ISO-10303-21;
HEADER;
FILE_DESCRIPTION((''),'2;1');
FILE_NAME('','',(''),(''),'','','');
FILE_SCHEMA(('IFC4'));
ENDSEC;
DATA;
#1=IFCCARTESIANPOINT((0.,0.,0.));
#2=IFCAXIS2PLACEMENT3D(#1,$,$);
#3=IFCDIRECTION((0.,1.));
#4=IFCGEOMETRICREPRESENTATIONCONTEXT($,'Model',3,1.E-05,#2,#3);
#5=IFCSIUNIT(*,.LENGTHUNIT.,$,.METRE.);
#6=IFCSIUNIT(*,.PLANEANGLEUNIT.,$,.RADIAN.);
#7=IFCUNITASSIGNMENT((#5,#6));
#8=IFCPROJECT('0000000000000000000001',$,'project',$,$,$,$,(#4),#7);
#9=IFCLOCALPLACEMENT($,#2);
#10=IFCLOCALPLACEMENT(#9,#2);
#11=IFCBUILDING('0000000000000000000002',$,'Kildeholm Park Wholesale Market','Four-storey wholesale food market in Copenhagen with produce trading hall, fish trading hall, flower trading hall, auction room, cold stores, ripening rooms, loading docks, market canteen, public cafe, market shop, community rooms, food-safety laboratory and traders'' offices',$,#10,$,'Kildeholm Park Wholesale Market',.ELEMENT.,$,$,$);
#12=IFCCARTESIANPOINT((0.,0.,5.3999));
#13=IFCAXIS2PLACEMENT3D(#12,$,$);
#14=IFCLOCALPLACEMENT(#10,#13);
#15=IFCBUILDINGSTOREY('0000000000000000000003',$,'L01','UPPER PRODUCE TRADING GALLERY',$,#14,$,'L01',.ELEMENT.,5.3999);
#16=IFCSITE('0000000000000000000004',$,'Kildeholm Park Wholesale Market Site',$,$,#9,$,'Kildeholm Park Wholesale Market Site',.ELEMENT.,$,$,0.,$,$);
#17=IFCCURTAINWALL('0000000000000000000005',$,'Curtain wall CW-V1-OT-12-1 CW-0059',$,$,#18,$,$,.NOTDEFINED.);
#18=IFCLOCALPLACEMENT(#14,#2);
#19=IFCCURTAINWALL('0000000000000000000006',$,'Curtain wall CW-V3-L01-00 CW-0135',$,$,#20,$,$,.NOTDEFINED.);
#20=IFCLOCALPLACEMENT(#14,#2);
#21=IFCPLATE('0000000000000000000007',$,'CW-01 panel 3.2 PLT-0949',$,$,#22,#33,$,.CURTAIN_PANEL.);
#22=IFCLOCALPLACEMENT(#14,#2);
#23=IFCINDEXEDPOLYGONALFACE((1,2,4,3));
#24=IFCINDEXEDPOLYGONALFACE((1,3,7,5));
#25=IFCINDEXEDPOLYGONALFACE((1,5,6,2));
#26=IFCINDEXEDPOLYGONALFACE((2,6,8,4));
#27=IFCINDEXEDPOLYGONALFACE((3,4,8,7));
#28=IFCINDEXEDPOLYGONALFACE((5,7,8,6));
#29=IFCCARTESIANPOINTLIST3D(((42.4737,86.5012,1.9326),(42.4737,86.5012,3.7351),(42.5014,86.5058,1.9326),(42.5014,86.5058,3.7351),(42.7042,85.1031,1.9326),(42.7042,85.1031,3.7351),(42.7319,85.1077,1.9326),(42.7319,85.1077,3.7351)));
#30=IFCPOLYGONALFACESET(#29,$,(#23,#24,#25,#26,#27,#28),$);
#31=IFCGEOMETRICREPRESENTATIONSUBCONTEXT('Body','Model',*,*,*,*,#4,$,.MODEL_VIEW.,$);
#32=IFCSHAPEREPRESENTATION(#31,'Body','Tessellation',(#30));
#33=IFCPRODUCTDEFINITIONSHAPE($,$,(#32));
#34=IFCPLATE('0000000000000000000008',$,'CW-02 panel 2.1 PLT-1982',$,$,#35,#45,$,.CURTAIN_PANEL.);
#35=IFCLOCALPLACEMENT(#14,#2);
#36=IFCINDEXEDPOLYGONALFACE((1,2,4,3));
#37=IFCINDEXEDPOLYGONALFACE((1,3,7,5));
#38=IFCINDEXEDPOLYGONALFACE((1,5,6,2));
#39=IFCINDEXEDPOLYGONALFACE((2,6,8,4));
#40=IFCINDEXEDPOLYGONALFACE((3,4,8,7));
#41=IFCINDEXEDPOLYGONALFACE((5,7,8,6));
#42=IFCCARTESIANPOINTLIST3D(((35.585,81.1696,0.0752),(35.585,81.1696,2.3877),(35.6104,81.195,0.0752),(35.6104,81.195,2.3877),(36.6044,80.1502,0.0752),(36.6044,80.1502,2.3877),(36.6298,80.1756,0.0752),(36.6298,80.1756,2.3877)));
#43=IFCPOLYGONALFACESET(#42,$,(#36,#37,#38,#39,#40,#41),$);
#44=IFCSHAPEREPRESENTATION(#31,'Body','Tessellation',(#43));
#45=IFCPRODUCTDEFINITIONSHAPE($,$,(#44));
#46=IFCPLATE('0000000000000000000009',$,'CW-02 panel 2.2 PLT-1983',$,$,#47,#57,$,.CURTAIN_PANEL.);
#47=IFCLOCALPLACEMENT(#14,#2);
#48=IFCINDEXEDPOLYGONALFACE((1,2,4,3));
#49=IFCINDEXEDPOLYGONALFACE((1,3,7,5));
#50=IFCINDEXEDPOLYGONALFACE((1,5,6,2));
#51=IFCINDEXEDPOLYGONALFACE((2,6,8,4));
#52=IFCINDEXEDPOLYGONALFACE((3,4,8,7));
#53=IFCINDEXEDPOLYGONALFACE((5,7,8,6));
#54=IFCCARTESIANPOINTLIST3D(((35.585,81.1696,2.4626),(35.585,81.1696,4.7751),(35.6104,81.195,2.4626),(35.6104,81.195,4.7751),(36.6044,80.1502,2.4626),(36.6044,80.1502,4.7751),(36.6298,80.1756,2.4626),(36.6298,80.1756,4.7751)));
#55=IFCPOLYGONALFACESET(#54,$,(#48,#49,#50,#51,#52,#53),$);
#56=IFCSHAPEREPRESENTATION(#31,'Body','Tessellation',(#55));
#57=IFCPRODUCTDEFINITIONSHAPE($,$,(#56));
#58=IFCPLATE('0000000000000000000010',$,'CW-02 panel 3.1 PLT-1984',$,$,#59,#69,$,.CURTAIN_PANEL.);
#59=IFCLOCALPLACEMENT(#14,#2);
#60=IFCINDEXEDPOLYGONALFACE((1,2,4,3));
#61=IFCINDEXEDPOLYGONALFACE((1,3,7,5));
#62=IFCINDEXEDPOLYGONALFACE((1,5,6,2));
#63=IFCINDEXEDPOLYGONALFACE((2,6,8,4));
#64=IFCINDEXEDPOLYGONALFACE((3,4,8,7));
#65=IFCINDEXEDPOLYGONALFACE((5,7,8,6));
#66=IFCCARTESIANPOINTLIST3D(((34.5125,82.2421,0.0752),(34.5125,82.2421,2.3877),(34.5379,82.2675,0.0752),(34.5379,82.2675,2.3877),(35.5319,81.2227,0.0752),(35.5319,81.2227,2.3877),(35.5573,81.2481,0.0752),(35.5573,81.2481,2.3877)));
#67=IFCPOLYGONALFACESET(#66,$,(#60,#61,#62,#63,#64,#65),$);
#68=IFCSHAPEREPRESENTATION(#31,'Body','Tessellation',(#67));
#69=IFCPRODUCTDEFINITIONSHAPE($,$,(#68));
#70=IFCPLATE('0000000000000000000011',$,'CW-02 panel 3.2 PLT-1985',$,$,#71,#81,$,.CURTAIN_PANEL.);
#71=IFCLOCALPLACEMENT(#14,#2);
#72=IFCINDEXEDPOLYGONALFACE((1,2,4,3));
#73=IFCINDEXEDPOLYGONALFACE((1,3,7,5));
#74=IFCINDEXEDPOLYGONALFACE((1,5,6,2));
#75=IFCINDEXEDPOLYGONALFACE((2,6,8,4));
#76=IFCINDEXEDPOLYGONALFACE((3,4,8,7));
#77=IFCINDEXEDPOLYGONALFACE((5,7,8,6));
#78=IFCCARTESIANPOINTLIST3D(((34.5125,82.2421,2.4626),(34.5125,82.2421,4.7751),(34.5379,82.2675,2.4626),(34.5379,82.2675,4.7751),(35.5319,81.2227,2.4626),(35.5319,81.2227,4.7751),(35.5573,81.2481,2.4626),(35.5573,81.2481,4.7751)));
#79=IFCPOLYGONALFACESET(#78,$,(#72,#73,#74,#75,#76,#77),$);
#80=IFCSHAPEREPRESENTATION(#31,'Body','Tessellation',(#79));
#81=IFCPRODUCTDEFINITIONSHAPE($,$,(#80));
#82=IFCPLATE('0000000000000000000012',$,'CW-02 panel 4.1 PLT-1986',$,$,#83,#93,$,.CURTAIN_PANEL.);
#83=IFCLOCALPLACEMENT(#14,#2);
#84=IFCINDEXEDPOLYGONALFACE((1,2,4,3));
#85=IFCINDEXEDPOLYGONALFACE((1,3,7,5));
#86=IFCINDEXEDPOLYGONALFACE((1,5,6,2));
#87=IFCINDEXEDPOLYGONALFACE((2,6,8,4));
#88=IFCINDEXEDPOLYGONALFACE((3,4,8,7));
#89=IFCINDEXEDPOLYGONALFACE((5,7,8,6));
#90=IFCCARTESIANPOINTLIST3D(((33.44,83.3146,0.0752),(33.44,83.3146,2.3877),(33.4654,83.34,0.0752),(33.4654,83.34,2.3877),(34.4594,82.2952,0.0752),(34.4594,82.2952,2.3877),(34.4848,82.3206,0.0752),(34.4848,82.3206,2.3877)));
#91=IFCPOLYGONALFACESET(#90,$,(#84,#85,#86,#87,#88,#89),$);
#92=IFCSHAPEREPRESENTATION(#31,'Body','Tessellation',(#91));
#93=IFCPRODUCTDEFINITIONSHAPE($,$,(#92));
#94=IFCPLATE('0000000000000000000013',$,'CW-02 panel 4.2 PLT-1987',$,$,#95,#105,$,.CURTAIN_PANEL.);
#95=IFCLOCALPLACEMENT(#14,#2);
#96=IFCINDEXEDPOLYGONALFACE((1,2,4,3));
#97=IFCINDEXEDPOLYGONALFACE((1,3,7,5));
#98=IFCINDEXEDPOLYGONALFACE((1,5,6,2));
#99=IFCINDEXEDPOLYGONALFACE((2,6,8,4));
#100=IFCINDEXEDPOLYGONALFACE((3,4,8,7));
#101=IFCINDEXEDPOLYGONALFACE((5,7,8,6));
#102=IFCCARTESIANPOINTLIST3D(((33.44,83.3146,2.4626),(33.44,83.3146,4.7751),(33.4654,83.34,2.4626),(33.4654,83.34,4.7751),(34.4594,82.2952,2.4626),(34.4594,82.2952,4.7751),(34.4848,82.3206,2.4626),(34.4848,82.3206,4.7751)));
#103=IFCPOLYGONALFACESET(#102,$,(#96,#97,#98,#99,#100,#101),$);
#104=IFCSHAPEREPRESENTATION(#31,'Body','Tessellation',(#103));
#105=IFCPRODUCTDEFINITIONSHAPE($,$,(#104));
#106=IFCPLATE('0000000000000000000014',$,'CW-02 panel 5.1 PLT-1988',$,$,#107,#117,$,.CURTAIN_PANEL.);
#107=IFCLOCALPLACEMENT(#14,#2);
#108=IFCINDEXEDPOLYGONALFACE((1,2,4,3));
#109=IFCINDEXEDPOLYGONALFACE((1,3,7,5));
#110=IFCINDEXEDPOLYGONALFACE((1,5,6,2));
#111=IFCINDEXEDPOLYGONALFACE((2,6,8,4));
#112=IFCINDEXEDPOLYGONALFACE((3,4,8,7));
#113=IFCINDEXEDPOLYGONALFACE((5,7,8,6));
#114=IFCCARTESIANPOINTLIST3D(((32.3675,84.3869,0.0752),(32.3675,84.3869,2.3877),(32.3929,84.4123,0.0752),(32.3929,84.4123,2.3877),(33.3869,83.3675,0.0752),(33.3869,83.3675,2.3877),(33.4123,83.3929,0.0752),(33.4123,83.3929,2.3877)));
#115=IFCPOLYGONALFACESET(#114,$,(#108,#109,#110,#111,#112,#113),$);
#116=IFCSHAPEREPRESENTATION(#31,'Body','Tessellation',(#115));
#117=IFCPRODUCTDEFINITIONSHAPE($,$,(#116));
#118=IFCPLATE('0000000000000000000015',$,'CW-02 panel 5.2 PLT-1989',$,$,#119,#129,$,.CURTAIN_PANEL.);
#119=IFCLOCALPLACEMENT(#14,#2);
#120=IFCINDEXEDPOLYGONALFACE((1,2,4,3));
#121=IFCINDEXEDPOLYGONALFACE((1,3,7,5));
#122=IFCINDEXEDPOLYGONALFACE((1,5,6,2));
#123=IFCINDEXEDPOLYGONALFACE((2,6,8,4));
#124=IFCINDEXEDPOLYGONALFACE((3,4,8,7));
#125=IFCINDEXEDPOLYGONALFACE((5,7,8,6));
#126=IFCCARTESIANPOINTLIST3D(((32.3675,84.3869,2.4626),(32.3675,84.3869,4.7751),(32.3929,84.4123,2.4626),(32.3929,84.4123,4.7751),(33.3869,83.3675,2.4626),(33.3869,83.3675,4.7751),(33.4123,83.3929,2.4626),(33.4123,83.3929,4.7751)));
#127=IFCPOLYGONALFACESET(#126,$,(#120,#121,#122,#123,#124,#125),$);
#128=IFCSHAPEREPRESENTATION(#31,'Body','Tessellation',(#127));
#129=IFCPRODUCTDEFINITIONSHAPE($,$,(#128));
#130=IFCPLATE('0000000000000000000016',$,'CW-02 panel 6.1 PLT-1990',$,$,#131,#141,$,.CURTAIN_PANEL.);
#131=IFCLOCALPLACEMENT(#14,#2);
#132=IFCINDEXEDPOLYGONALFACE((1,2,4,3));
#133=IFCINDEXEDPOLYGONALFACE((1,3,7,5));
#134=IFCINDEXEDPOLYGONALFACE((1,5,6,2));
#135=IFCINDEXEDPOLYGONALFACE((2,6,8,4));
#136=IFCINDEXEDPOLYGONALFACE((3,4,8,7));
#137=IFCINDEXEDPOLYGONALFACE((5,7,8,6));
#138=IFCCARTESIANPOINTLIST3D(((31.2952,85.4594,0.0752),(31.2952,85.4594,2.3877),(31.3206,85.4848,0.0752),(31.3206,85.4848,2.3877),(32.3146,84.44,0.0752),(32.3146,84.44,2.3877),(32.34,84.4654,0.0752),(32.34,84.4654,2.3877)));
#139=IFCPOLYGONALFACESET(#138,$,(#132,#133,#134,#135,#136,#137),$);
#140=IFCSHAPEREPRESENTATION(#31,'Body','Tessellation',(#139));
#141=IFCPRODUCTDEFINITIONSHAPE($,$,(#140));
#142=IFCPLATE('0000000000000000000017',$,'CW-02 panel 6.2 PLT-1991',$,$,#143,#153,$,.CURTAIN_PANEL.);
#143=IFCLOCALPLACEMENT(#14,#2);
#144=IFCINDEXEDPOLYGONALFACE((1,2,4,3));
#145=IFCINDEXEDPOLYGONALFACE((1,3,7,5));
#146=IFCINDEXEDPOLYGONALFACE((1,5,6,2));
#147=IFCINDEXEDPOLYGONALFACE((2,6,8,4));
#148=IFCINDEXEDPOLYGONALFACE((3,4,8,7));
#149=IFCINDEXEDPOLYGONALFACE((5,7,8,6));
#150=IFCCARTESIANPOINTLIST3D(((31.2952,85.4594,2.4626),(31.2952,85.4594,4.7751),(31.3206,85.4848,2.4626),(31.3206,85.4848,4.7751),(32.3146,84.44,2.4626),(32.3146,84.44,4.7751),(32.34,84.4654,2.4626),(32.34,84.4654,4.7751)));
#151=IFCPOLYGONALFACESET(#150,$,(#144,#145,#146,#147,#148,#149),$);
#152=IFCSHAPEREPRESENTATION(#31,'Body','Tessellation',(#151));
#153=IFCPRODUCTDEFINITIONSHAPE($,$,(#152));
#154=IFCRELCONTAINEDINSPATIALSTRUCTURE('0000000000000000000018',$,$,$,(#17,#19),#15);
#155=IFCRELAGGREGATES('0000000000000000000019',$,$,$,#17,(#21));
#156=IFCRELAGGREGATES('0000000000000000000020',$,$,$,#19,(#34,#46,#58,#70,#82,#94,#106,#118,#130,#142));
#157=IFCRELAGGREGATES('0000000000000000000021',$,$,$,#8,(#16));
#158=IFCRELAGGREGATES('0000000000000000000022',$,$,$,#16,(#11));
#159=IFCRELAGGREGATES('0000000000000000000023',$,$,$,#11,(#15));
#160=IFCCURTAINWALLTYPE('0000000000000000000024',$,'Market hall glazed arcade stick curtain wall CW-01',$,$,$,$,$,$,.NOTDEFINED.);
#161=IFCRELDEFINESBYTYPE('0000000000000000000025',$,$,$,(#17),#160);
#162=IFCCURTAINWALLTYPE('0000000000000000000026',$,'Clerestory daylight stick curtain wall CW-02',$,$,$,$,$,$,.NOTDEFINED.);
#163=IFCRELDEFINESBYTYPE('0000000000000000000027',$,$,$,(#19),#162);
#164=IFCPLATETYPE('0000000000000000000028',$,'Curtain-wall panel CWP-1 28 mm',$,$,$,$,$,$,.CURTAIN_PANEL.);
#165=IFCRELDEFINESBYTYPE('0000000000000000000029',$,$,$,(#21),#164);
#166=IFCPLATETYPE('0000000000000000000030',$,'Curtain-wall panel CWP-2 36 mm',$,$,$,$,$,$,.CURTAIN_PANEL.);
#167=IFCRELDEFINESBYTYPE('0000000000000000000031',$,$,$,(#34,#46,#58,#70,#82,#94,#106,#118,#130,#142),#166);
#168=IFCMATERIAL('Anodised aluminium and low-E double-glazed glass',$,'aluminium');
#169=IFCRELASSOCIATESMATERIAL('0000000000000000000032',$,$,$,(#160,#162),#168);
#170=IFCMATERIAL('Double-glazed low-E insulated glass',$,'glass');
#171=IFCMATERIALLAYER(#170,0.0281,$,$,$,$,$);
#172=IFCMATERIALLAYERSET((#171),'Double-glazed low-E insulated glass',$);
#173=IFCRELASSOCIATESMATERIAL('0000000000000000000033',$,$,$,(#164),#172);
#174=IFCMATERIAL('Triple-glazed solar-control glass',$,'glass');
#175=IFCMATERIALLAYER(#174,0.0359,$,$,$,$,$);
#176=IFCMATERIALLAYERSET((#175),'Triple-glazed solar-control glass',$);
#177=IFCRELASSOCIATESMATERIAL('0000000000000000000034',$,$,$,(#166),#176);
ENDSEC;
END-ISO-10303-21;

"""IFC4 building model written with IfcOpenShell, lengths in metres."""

from ifc_helpers import new_model, si_unit, direction, frame, origin, origin_2d, place, context, subcontext, project, spatial, rectangle, extrude, material, layer, layer_set, type_object, element, aggregate, save


model = new_model("IFC4")

# Units and contexts
model_context = context("Model", 3, precision=1e-05, world=origin(), true_north=direction((0.0, 1.0)))
body_context = subcontext(model_context, "Body", "Model", "MODEL_VIEW")
ifc_project = project(units=[si_unit("LENGTHUNIT", "METRE"), si_unit("PLANEANGLEUNIT", "RADIAN")], contexts=[model_context])

# Site, building, storey
site_placement = place(None, origin())
site = spatial("IfcSite", under=ifc_project, at=site_placement, Name="Kildeholm Park Wholesale Market Site", LongName="Kildeholm Park Wholesale Market Site", CompositionType="ELEMENT", RefElevation=0.0)
building_placement = place(site_placement, origin())
building = spatial("IfcBuilding", under=site, at=building_placement, Name="Kildeholm Park Wholesale Market", Description="Four-storey wholesale food market in Copenhagen with produce trading hall, fish trading hall, flower trading hall, auction room, cold stores, ripening rooms, loading docks, market canteen, public cafe, market shop, community rooms, food-safety laboratory and traders' offices", LongName="Kildeholm Park Wholesale Market", CompositionType="ELEMENT")
storey_placement = place(building_placement, frame((0.0, 0.0, 5.3999)))
storey = spatial("IfcBuildingStorey", under=building, at=storey_placement, Name="L01", Description="UPPER PRODUCE TRADING GALLERY", LongName="L01", CompositionType="ELEMENT", Elevation=5.3999)

# Curtain wall
ifc_material_1 = material(Name="Anodised aluminium and low-E double-glazed glass", Category="aluminium")
curtain_wall_type_1 = type_object("IfcCurtainWallType", Name="Market hall glazed arcade stick curtain wall CW-01", PredefinedType="NOTDEFINED", material=ifc_material_1)
curtain_wall_1_placement = place(storey_placement, origin())
curtain_wall_1 = element("IfcCurtainWall", 1, at=curtain_wall_1_placement, inside=storey, type_object=curtain_wall_type_1, Name="Curtain wall CW-V1-OT-12-1 CW-0059", PredefinedType="NOTDEFINED")

# Curtain wall
curtain_wall_type_2 = type_object("IfcCurtainWallType", Name="Clerestory daylight stick curtain wall CW-02", PredefinedType="NOTDEFINED", material=ifc_material_1)
curtain_wall_2_placement = place(storey_placement, origin())
curtain_wall_2 = element("IfcCurtainWall", 2, at=curtain_wall_2_placement, inside=storey, type_object=curtain_wall_type_2, Name="Curtain wall CW-V3-L01-00 CW-0135", PredefinedType="NOTDEFINED")

# Plates
ifc_material_2 = material(Name="Double-glazed low-E insulated glass", Category="glass")
ifc_layer_1 = layer(ifc_material_2, 0.0281)
ifc_layer_set_1 = layer_set([ifc_layer_1], Name="Double-glazed low-E insulated glass")
plate_type_1 = type_object("IfcPlateType", Name="Curtain-wall panel CWP-1 28 mm", PredefinedType="CURTAIN_PANEL", material=ifc_layer_set_1)
plate_1_placement = place(storey_placement, frame((42.6028, 85.8044, 1.9326), z_axis=(0.0, 0.0, 1.0), x_axis=(0.162703, -0.986675, 0.0)))
plate_1 = element("IfcPlate", 3, at=plate_1_placement, type_object=plate_type_1, Name="CW-01 panel 3.2 PLT-0949", PredefinedType="CURTAIN_PANEL", context=body_context, shape_type="SweptSolid", body=[
    extrude(rectangle(XDim=1.417, YDim=0.0281, at=origin_2d()), origin(), (0.0, 0.0, 1.0), 1.8025),
])
aggregate(curtain_wall_1, [plate_1])
ifc_material_3 = material(Name="Triple-glazed solar-control glass", Category="glass")
ifc_layer_2 = layer(ifc_material_3, 0.0359)
ifc_layer_set_2 = layer_set([ifc_layer_2], Name="Triple-glazed solar-control glass")
plate_type_2 = type_object("IfcPlateType", Name="Curtain-wall panel CWP-2 36 mm", PredefinedType="CURTAIN_PANEL", material=ifc_layer_set_2)
plate_2_placement = place(storey_placement, frame((36.1074, 80.6726, 0.0752), z_axis=(0.0, 0.0, 1.0), x_axis=(-0.707107, 0.707107, 0.0)))
plate_2 = element("IfcPlate", 4, at=plate_2_placement, type_object=plate_type_2, Name="CW-02 panel 2.1 PLT-1982", PredefinedType="CURTAIN_PANEL", context=body_context, shape_type="SweptSolid", body=[
    extrude(rectangle(XDim=1.4417, YDim=0.0359, at=origin_2d()), origin(), (0.0, 0.0, 1.0), 2.3125),
])
plate_3_placement = place(storey_placement, frame((36.1074, 80.6726, 2.4626), z_axis=(0.0, 0.0, 1.0), x_axis=(-0.707107, 0.707107, 0.0)))
plate_3 = element("IfcPlate", 5, at=plate_3_placement, type_object=plate_type_2, Name="CW-02 panel 2.2 PLT-1983", PredefinedType="CURTAIN_PANEL", context=body_context, shape_type="SweptSolid", body=[
    extrude(rectangle(XDim=1.4417, YDim=0.0359, at=origin_2d()), origin(), (0.0, 0.0, 1.0), 2.3125),
])
plate_4_placement = place(storey_placement, frame((35.0349, 81.7451, 0.0752), z_axis=(0.0, 0.0, 1.0), x_axis=(-0.707107, 0.707107, 0.0)))
plate_4 = element("IfcPlate", 6, at=plate_4_placement, type_object=plate_type_2, Name="CW-02 panel 3.1 PLT-1984", PredefinedType="CURTAIN_PANEL", context=body_context, shape_type="SweptSolid", body=[
    extrude(rectangle(XDim=1.4417, YDim=0.0359, at=origin_2d()), origin(), (0.0, 0.0, 1.0), 2.3125),
])
plate_5_placement = place(storey_placement, frame((35.0349, 81.7451, 2.4626), z_axis=(0.0, 0.0, 1.0), x_axis=(-0.707107, 0.707107, 0.0)))
plate_5 = element("IfcPlate", 7, at=plate_5_placement, type_object=plate_type_2, Name="CW-02 panel 3.2 PLT-1985", PredefinedType="CURTAIN_PANEL", context=body_context, shape_type="SweptSolid", body=[
    extrude(rectangle(XDim=1.4417, YDim=0.0359, at=origin_2d()), origin(), (0.0, 0.0, 1.0), 2.3125),
])
plate_6_placement = place(storey_placement, frame((33.9624, 82.8176, 0.0752), z_axis=(0.0, 0.0, 1.0), x_axis=(-0.707107, 0.707107, 0.0)))
plate_6 = element("IfcPlate", 8, at=plate_6_placement, type_object=plate_type_2, Name="CW-02 panel 4.1 PLT-1986", PredefinedType="CURTAIN_PANEL", context=body_context, shape_type="SweptSolid", body=[
    extrude(rectangle(XDim=1.4417, YDim=0.0359, at=origin_2d()), origin(), (0.0, 0.0, 1.0), 2.3125),
])
plate_7_placement = place(storey_placement, frame((33.9624, 82.8176, 2.4626), z_axis=(0.0, 0.0, 1.0), x_axis=(-0.707107, 0.707107, 0.0)))
plate_7 = element("IfcPlate", 9, at=plate_7_placement, type_object=plate_type_2, Name="CW-02 panel 4.2 PLT-1987", PredefinedType="CURTAIN_PANEL", context=body_context, shape_type="SweptSolid", body=[
    extrude(rectangle(XDim=1.4417, YDim=0.0359, at=origin_2d()), origin(), (0.0, 0.0, 1.0), 2.3125),
])
plate_8_placement = place(storey_placement, frame((32.8899, 83.8899, 0.0752), z_axis=(0.0, 0.0, 1.0), x_axis=(-0.707107, 0.707107, 0.0)))
plate_8 = element("IfcPlate", 10, at=plate_8_placement, type_object=plate_type_2, Name="CW-02 panel 5.1 PLT-1988", PredefinedType="CURTAIN_PANEL", context=body_context, shape_type="SweptSolid", body=[
    extrude(rectangle(XDim=1.4417, YDim=0.0359, at=origin_2d()), origin(), (0.0, 0.0, 1.0), 2.3125),
])
plate_9_placement = place(storey_placement, frame((32.8899, 83.8899, 2.4626), z_axis=(0.0, 0.0, 1.0), x_axis=(-0.707107, 0.707107, 0.0)))
plate_9 = element("IfcPlate", 11, at=plate_9_placement, type_object=plate_type_2, Name="CW-02 panel 5.2 PLT-1989", PredefinedType="CURTAIN_PANEL", context=body_context, shape_type="SweptSolid", body=[
    extrude(rectangle(XDim=1.4417, YDim=0.0359, at=origin_2d()), origin(), (0.0, 0.0, 1.0), 2.3125),
])
plate_10_placement = place(storey_placement, frame((31.8176, 84.9624, 0.0752), z_axis=(0.0, 0.0, 1.0), x_axis=(-0.707107, 0.707107, 0.0)))
plate_10 = element("IfcPlate", 12, at=plate_10_placement, type_object=plate_type_2, Name="CW-02 panel 6.1 PLT-1990", PredefinedType="CURTAIN_PANEL", context=body_context, shape_type="SweptSolid", body=[
    extrude(rectangle(XDim=1.4417, YDim=0.0359, at=origin_2d()), origin(), (0.0, 0.0, 1.0), 2.3125),
])
plate_11_placement = place(storey_placement, frame((31.8176, 84.9624, 2.4626), z_axis=(0.0, 0.0, 1.0), x_axis=(-0.707107, 0.707107, 0.0)))
plate_11 = element("IfcPlate", 13, at=plate_11_placement, type_object=plate_type_2, Name="CW-02 panel 6.2 PLT-1991", PredefinedType="CURTAIN_PANEL", context=body_context, shape_type="SweptSolid", body=[
    extrude(rectangle(XDim=1.4417, YDim=0.0359, at=origin_2d()), origin(), (0.0, 0.0, 1.0), 2.3125),
])
aggregate(curtain_wall_2, [plate_2, plate_3, plate_4, plate_5, plate_6, plate_7, plate_8, plate_9, plate_10, plate_11])

save(model, "model.ifc")
